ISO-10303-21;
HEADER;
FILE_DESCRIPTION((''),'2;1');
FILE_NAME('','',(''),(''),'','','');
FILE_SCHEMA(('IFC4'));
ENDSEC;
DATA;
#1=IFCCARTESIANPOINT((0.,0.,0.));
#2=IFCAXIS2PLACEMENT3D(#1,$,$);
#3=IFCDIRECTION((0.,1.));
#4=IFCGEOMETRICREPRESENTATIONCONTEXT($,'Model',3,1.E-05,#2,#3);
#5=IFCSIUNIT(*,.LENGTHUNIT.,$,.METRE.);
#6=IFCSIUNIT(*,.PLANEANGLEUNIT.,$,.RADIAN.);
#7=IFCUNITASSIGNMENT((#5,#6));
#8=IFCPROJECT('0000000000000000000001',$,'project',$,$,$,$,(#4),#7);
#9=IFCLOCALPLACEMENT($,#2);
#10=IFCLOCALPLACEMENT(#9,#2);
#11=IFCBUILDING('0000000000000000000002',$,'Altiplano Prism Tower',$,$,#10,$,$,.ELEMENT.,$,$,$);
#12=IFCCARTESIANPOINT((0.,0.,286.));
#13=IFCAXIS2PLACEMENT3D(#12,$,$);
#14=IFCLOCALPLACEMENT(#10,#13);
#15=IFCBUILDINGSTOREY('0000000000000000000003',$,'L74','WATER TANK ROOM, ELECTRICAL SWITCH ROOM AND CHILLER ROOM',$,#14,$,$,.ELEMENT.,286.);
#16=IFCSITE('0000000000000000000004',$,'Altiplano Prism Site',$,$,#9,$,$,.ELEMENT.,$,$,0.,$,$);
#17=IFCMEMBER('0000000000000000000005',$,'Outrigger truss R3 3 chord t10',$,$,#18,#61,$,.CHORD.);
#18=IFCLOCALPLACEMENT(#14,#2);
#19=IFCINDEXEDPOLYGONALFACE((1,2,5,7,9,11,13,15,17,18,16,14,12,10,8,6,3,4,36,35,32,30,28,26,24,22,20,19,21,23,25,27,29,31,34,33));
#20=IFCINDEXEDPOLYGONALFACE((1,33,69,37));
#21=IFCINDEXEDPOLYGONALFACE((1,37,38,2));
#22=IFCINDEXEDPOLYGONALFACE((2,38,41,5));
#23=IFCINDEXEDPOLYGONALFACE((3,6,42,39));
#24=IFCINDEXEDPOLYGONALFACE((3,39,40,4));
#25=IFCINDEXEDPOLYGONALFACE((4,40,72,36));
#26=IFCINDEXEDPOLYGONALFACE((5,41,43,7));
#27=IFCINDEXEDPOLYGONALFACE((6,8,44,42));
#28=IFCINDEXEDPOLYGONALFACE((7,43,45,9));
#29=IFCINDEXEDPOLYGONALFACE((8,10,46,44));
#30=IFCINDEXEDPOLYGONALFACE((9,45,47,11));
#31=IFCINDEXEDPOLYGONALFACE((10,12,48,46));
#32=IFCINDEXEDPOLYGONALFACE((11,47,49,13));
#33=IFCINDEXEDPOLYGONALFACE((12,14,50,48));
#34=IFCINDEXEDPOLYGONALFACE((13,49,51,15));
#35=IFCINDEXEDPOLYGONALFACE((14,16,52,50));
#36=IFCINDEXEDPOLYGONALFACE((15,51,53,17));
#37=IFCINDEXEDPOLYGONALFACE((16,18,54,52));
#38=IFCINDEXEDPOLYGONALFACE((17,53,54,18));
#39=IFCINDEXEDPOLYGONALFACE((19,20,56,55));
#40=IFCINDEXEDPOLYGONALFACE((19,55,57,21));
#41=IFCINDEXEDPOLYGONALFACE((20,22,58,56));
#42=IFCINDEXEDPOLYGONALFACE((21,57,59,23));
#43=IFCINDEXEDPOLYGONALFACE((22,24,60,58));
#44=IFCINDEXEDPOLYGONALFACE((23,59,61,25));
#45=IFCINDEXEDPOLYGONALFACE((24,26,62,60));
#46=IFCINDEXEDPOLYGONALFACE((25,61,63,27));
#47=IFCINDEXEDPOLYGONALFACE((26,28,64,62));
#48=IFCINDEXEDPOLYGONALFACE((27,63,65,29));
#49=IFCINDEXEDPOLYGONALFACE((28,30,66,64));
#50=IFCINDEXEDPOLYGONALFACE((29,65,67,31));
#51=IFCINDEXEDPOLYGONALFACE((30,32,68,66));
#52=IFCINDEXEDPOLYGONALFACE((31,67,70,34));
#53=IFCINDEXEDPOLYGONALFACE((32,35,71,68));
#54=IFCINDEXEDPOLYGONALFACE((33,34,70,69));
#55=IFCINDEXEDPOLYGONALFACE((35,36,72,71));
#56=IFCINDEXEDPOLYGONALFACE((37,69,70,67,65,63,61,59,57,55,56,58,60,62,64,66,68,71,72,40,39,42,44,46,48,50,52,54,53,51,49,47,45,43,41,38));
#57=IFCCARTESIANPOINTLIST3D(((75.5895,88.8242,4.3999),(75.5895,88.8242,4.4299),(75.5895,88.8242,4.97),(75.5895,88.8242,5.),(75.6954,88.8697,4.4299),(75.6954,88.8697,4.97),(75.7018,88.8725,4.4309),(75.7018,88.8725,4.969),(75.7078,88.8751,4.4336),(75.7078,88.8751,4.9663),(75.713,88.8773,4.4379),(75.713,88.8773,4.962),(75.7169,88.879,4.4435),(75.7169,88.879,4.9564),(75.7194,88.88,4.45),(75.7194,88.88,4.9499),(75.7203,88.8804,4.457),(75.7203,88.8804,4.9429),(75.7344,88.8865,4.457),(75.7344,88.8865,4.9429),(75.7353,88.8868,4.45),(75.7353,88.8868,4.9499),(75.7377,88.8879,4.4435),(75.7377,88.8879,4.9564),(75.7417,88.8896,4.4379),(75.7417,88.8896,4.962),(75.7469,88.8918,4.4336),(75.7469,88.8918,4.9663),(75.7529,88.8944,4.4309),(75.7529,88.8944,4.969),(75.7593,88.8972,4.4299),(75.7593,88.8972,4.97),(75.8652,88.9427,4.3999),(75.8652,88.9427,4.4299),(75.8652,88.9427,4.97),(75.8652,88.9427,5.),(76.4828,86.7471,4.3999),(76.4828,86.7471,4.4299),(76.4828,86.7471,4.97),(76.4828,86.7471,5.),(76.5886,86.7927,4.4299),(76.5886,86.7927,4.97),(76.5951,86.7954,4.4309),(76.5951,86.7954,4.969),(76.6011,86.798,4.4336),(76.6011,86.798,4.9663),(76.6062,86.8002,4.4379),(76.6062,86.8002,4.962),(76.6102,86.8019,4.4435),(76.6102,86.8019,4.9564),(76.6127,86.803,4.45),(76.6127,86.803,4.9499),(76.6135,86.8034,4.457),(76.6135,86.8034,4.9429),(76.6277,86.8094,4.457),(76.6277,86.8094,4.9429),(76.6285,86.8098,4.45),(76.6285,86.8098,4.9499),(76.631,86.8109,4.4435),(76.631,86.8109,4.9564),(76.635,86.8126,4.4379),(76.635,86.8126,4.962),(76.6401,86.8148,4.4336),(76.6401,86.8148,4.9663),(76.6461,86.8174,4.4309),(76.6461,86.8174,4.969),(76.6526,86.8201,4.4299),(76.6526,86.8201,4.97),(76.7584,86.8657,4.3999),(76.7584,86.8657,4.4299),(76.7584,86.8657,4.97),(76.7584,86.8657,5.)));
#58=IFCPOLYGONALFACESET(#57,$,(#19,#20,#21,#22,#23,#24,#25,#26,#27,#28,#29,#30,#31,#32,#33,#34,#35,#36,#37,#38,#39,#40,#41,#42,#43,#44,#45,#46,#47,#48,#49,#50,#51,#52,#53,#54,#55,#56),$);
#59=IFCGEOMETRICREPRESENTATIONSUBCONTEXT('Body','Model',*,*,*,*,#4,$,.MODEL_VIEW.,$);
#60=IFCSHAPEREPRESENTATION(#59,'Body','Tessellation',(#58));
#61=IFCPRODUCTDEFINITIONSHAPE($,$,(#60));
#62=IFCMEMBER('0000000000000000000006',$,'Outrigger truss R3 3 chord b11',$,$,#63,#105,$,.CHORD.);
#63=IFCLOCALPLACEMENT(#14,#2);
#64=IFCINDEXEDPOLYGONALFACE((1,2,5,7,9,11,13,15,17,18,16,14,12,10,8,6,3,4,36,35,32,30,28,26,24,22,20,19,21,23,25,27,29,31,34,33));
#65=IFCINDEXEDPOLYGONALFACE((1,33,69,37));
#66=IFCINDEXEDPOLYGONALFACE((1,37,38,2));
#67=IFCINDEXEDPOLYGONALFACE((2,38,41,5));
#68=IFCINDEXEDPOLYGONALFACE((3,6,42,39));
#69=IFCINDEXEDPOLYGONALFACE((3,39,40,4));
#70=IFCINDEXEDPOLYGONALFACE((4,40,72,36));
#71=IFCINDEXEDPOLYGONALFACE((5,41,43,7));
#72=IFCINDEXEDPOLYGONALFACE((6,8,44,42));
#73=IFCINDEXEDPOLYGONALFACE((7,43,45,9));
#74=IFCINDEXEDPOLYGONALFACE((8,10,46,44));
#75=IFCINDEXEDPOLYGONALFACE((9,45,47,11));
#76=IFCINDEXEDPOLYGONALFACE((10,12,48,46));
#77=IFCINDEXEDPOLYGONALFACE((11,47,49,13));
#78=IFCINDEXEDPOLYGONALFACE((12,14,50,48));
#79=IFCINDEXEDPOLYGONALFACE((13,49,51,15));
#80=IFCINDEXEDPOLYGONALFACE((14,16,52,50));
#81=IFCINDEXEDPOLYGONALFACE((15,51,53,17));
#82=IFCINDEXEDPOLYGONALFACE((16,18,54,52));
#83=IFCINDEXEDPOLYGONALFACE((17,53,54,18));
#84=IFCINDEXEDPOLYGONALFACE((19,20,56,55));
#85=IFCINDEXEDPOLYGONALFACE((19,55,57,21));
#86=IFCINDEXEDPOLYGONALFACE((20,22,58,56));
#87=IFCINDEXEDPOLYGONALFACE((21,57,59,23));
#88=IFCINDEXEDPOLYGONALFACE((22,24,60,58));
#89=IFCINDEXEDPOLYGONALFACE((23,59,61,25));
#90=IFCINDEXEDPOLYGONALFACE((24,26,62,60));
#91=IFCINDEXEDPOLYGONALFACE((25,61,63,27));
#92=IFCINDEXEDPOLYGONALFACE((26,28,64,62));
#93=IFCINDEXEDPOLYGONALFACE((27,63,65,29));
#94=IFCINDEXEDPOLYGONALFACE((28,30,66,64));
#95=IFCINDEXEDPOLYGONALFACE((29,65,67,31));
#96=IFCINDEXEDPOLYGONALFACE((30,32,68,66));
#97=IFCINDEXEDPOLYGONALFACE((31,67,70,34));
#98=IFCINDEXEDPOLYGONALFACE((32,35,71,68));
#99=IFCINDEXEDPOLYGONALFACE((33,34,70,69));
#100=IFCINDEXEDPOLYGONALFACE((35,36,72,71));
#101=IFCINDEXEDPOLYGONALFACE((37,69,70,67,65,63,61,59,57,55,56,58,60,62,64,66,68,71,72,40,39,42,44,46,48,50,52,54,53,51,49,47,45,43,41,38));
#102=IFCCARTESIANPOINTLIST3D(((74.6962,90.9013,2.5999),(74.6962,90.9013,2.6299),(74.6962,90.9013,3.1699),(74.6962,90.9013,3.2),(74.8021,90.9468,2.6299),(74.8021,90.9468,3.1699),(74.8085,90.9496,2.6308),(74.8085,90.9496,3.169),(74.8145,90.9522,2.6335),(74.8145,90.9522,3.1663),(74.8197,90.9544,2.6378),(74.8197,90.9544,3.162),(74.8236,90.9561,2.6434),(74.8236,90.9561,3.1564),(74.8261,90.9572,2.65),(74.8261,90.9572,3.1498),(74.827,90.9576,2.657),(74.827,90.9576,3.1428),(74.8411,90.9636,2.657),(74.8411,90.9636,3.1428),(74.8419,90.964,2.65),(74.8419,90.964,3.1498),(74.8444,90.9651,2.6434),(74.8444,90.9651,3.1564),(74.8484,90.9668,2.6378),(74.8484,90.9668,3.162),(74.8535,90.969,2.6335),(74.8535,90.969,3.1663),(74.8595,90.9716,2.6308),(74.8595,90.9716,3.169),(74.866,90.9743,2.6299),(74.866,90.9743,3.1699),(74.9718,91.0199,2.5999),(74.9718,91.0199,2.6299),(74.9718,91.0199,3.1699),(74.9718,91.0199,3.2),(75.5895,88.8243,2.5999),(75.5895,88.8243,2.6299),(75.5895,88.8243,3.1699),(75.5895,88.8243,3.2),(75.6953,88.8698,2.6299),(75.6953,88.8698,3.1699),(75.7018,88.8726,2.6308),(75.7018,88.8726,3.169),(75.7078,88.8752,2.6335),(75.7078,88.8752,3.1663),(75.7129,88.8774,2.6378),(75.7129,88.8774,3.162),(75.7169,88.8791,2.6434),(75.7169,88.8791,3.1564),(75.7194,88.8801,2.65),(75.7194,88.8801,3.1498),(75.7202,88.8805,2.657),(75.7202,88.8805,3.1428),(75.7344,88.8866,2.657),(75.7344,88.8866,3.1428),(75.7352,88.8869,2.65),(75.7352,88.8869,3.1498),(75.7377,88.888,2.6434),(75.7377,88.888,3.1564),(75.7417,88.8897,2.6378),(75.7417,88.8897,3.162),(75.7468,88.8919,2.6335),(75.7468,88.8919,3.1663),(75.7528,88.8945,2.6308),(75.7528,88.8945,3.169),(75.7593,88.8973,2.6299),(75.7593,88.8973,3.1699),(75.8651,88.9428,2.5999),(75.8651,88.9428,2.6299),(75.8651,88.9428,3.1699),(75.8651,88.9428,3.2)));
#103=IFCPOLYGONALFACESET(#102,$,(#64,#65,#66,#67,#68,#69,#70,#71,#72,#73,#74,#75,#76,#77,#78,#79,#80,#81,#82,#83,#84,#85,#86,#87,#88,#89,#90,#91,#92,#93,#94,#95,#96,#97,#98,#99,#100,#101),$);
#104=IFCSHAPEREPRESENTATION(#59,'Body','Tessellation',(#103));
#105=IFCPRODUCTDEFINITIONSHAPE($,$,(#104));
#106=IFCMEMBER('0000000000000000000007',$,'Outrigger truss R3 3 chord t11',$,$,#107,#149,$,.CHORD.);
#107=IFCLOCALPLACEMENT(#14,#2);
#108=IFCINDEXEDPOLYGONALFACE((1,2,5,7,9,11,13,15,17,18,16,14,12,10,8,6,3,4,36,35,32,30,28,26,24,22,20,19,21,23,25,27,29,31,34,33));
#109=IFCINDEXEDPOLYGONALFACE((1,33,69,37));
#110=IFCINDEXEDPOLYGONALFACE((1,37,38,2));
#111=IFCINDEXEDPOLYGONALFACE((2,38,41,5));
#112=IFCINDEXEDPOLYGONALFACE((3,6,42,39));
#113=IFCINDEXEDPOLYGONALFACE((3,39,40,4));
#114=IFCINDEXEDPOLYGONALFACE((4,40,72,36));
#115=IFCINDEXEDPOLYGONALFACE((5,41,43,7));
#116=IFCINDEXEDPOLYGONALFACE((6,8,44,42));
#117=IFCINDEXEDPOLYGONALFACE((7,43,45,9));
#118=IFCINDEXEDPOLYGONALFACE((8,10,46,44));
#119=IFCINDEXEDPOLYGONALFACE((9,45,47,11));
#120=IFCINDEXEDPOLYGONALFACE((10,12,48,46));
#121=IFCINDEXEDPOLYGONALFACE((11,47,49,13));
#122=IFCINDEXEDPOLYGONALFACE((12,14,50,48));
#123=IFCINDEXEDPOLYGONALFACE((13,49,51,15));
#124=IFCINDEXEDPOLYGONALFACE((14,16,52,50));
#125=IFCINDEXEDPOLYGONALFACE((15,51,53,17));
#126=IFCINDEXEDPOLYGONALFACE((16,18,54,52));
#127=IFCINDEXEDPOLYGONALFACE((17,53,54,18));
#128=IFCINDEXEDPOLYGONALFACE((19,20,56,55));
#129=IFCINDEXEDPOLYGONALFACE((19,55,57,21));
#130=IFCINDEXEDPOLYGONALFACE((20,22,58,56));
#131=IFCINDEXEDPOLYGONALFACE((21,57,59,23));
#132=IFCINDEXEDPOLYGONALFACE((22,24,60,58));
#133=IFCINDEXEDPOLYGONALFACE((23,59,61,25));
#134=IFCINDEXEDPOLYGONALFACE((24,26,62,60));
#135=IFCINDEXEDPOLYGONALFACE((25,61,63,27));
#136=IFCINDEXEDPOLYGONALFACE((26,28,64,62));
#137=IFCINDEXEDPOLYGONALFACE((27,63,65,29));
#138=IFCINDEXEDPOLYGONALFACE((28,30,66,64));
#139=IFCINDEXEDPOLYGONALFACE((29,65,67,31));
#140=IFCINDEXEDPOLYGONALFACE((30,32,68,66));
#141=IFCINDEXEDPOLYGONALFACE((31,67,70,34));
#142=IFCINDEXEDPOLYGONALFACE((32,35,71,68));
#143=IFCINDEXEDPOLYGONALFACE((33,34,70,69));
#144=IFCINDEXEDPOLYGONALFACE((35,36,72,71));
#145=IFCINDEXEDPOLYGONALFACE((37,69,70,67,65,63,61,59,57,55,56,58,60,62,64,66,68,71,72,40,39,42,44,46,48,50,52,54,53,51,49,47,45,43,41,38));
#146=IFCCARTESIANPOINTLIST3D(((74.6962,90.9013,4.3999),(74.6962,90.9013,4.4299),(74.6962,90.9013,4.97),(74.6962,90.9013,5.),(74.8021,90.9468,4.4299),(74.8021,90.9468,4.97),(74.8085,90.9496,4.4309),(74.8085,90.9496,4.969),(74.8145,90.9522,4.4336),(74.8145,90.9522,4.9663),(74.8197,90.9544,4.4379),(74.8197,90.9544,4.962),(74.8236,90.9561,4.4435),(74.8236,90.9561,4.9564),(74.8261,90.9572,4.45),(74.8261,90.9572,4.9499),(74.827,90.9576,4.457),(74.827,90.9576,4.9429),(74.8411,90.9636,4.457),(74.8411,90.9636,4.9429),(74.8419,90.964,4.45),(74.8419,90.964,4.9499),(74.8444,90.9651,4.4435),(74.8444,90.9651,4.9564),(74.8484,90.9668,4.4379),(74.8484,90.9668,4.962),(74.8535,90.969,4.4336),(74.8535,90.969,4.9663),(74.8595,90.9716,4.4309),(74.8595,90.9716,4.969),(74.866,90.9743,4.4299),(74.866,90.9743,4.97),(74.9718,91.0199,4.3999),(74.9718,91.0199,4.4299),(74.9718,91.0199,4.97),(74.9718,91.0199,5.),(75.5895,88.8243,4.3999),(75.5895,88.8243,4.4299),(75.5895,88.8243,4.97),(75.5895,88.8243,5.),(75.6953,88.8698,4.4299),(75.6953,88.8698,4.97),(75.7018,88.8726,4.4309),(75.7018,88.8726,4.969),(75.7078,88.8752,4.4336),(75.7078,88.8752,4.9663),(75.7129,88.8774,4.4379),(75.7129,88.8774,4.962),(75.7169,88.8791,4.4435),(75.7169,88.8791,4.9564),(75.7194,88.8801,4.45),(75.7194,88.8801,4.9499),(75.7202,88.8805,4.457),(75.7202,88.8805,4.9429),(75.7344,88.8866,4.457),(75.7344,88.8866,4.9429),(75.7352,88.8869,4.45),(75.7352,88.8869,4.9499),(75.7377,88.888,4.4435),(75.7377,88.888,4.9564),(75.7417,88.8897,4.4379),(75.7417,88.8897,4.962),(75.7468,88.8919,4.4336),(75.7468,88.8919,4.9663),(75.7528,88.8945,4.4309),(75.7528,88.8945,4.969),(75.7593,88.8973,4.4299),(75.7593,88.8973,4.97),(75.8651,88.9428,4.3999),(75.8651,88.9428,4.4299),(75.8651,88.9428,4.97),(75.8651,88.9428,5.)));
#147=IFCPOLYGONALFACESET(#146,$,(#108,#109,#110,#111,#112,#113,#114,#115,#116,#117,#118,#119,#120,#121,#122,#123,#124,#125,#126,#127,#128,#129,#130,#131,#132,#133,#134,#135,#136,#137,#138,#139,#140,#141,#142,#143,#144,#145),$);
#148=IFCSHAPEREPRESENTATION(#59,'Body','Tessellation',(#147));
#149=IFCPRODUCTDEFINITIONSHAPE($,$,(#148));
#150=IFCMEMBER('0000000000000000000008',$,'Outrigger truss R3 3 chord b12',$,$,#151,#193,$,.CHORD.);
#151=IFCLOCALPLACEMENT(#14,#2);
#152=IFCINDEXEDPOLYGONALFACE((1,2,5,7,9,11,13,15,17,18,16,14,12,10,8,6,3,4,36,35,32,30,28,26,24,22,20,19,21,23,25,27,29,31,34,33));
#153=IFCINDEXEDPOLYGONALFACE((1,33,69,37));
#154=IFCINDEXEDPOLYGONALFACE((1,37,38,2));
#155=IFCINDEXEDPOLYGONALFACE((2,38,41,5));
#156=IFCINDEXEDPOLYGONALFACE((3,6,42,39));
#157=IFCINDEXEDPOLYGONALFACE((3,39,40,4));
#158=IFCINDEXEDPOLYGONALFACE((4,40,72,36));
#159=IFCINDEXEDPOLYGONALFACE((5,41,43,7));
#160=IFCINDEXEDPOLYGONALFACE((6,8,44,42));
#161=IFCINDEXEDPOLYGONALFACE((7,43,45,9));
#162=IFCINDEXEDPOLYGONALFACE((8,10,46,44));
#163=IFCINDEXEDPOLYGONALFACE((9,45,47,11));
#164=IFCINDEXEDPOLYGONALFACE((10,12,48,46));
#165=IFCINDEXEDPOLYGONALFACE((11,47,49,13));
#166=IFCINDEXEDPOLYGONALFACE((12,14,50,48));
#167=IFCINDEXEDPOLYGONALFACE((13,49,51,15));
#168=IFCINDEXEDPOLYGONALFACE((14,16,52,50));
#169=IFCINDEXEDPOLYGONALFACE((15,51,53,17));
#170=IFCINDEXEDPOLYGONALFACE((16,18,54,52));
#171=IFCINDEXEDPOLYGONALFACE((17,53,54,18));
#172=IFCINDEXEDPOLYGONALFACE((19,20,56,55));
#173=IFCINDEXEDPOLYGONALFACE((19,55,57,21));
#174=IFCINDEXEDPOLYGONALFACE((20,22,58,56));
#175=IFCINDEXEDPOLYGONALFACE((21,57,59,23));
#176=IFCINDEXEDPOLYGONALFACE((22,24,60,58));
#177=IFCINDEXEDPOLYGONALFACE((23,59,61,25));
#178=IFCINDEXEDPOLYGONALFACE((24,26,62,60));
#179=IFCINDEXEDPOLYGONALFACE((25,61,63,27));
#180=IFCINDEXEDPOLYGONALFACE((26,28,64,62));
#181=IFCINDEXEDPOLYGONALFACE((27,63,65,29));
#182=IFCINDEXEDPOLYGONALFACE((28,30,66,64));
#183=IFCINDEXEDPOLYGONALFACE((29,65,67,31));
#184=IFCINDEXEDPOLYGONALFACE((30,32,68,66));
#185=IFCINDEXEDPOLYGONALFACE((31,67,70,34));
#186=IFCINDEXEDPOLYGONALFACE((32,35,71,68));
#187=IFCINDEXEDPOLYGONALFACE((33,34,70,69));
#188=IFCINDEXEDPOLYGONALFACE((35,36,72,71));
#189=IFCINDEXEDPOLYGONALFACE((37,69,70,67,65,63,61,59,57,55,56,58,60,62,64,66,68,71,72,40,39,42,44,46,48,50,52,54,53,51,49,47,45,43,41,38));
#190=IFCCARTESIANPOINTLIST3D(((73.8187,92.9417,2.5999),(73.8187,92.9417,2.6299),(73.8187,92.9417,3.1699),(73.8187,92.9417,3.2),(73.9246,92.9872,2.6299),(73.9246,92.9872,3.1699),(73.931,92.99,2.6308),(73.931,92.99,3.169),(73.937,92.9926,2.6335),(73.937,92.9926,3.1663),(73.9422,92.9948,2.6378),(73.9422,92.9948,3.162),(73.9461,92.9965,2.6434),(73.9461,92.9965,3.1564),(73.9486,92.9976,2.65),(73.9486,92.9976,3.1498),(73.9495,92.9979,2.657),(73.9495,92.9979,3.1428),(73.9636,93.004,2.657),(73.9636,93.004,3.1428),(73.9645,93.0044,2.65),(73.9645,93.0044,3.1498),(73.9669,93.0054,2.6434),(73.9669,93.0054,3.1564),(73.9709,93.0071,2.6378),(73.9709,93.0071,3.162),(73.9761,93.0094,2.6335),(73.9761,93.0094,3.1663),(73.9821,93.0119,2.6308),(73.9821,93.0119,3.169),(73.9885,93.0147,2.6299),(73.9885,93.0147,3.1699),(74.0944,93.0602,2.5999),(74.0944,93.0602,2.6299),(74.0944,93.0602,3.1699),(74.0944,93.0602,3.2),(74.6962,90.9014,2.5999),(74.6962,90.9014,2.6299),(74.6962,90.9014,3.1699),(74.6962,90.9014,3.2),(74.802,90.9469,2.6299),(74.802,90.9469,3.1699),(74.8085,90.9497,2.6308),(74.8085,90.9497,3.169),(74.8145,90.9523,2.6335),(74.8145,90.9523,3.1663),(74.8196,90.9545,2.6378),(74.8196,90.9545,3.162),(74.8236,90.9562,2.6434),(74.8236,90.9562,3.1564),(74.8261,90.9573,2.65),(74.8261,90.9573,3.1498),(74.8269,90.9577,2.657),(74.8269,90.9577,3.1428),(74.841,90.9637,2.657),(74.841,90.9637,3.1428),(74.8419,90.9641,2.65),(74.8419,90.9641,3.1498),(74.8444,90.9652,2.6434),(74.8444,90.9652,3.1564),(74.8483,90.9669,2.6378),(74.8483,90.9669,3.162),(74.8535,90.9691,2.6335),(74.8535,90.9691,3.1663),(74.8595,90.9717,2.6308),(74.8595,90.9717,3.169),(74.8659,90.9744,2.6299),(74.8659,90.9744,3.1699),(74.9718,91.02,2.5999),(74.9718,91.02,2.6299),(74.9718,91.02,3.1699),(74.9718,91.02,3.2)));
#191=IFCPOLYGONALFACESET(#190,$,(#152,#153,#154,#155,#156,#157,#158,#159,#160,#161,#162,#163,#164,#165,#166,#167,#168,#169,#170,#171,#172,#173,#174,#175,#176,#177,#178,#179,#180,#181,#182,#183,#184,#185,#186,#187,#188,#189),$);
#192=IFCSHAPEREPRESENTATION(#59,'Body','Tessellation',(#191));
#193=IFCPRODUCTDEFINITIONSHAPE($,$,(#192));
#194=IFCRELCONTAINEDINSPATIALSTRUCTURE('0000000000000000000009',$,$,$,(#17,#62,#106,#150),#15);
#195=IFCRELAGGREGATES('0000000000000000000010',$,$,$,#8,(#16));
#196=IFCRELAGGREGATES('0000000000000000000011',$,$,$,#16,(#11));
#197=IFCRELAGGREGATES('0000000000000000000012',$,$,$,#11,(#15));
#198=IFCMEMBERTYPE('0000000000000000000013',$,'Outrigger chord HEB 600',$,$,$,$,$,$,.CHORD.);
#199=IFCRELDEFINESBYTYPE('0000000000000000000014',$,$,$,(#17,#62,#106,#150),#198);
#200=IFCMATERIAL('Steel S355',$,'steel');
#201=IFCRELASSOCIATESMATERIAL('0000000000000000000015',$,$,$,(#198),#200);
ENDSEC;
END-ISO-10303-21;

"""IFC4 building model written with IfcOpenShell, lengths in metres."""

from ifc_helpers import new_model, si_unit, direction, frame, origin, origin_2d, place, context, subcontext, project, spatial, i_section, extrude, material, material_profile, profile_set, type_object, element, save


model = new_model("IFC4")

# Units and contexts
model_context = context("Model", 3, precision=1e-05, world=origin(), true_north=direction((0.0, 1.0)))
body_context = subcontext(model_context, "Body", "Model", "MODEL_VIEW")
ifc_project = project(units=[si_unit("LENGTHUNIT", "METRE"), si_unit("PLANEANGLEUNIT", "RADIAN")], contexts=[model_context])

# Site, building, storey
site_placement = place(None, origin())
site = spatial("IfcSite", under=ifc_project, at=site_placement, Name="Altiplano Prism Site", CompositionType="ELEMENT", RefElevation=0.0)
building_placement = place(site_placement, origin())
building = spatial("IfcBuilding", under=site, at=building_placement, Name="Altiplano Prism Tower", CompositionType="ELEMENT")
storey_placement = place(building_placement, frame((0.0, 0.0, 286.0)))
storey = spatial("IfcBuildingStorey", under=building, at=storey_placement, Name="L74", Description="WATER TANK ROOM, ELECTRICAL SWITCH ROOM AND CHILLER ROOM", CompositionType="ELEMENT", Elevation=286.0)

# Shared definitions
ifc_material_1 = material(Name="Steel S355", Category="steel")

# Members
ifc_material_profile_1 = material_profile(ifc_material_1, i_section(OverallWidth=0.3, OverallDepth=0.6001, WebThickness=0.0154, FlangeThickness=0.03, FilletRadius=0.0271, at=origin_2d()), Name="Outrigger chord HEB 600")
ifc_profile_set_1 = profile_set([ifc_material_profile_1], Name="Steel S355")
member_type_1 = type_object("IfcMemberType", Name="Outrigger chord HEB 600", PredefinedType="CHORD", material=ifc_profile_set_1)
for number, where, z_axis, x_axis, name in (
    (1, (76.6206, 86.8064, 4.7), (-0.395079, 0.918647, 0.0), (-0.918647, -0.395079, 0.0), "Outrigger truss R3 3 chord t10"),
    (2, (75.7273, 88.8835, 2.8999), (-0.395079, 0.918647, 0.0), (-0.918647, -0.395079, 0.0), "Outrigger truss R3 3 chord b11"),
    (3, (75.7273, 88.8835, 4.7), (-0.395079, 0.918647, 0.0), (-0.918647, -0.395079, 0.0), "Outrigger truss R3 3 chord t11"),
):
    element("IfcMember", number, at=place(storey_placement, frame(where, z_axis=z_axis, x_axis=x_axis)), inside=storey, type_object=member_type_1, Name=name, PredefinedType="CHORD", context=body_context, shape_type="SweptSolid", body=[
        extrude(i_section(OverallWidth=0.3, OverallDepth=0.6001, WebThickness=0.0154, FlangeThickness=0.03, FilletRadius=0.0271, at=origin_2d()), origin(), (0.0, 0.0, 1.0), 2.261),
    ])
for number, where, z_axis, x_axis, name in (
    (4, (74.834, 90.9607, 2.8999), (-0.395073, 0.91865, 0.0), (-0.91865, -0.395073, 0.0), "Outrigger truss R3 3 chord b12"),
):
    element("IfcMember", number, at=place(storey_placement, frame(where, z_axis=z_axis, x_axis=x_axis)), inside=storey, type_object=member_type_1, Name=name, PredefinedType="CHORD", context=body_context, shape_type="SweptSolid", body=[
        extrude(i_section(OverallWidth=0.3, OverallDepth=0.6001, WebThickness=0.0154, FlangeThickness=0.03, FilletRadius=0.0271, at=origin_2d()), origin(), (0.0, 0.0, 1.0), 2.2209),
    ])

save(model, "model.ifc")
